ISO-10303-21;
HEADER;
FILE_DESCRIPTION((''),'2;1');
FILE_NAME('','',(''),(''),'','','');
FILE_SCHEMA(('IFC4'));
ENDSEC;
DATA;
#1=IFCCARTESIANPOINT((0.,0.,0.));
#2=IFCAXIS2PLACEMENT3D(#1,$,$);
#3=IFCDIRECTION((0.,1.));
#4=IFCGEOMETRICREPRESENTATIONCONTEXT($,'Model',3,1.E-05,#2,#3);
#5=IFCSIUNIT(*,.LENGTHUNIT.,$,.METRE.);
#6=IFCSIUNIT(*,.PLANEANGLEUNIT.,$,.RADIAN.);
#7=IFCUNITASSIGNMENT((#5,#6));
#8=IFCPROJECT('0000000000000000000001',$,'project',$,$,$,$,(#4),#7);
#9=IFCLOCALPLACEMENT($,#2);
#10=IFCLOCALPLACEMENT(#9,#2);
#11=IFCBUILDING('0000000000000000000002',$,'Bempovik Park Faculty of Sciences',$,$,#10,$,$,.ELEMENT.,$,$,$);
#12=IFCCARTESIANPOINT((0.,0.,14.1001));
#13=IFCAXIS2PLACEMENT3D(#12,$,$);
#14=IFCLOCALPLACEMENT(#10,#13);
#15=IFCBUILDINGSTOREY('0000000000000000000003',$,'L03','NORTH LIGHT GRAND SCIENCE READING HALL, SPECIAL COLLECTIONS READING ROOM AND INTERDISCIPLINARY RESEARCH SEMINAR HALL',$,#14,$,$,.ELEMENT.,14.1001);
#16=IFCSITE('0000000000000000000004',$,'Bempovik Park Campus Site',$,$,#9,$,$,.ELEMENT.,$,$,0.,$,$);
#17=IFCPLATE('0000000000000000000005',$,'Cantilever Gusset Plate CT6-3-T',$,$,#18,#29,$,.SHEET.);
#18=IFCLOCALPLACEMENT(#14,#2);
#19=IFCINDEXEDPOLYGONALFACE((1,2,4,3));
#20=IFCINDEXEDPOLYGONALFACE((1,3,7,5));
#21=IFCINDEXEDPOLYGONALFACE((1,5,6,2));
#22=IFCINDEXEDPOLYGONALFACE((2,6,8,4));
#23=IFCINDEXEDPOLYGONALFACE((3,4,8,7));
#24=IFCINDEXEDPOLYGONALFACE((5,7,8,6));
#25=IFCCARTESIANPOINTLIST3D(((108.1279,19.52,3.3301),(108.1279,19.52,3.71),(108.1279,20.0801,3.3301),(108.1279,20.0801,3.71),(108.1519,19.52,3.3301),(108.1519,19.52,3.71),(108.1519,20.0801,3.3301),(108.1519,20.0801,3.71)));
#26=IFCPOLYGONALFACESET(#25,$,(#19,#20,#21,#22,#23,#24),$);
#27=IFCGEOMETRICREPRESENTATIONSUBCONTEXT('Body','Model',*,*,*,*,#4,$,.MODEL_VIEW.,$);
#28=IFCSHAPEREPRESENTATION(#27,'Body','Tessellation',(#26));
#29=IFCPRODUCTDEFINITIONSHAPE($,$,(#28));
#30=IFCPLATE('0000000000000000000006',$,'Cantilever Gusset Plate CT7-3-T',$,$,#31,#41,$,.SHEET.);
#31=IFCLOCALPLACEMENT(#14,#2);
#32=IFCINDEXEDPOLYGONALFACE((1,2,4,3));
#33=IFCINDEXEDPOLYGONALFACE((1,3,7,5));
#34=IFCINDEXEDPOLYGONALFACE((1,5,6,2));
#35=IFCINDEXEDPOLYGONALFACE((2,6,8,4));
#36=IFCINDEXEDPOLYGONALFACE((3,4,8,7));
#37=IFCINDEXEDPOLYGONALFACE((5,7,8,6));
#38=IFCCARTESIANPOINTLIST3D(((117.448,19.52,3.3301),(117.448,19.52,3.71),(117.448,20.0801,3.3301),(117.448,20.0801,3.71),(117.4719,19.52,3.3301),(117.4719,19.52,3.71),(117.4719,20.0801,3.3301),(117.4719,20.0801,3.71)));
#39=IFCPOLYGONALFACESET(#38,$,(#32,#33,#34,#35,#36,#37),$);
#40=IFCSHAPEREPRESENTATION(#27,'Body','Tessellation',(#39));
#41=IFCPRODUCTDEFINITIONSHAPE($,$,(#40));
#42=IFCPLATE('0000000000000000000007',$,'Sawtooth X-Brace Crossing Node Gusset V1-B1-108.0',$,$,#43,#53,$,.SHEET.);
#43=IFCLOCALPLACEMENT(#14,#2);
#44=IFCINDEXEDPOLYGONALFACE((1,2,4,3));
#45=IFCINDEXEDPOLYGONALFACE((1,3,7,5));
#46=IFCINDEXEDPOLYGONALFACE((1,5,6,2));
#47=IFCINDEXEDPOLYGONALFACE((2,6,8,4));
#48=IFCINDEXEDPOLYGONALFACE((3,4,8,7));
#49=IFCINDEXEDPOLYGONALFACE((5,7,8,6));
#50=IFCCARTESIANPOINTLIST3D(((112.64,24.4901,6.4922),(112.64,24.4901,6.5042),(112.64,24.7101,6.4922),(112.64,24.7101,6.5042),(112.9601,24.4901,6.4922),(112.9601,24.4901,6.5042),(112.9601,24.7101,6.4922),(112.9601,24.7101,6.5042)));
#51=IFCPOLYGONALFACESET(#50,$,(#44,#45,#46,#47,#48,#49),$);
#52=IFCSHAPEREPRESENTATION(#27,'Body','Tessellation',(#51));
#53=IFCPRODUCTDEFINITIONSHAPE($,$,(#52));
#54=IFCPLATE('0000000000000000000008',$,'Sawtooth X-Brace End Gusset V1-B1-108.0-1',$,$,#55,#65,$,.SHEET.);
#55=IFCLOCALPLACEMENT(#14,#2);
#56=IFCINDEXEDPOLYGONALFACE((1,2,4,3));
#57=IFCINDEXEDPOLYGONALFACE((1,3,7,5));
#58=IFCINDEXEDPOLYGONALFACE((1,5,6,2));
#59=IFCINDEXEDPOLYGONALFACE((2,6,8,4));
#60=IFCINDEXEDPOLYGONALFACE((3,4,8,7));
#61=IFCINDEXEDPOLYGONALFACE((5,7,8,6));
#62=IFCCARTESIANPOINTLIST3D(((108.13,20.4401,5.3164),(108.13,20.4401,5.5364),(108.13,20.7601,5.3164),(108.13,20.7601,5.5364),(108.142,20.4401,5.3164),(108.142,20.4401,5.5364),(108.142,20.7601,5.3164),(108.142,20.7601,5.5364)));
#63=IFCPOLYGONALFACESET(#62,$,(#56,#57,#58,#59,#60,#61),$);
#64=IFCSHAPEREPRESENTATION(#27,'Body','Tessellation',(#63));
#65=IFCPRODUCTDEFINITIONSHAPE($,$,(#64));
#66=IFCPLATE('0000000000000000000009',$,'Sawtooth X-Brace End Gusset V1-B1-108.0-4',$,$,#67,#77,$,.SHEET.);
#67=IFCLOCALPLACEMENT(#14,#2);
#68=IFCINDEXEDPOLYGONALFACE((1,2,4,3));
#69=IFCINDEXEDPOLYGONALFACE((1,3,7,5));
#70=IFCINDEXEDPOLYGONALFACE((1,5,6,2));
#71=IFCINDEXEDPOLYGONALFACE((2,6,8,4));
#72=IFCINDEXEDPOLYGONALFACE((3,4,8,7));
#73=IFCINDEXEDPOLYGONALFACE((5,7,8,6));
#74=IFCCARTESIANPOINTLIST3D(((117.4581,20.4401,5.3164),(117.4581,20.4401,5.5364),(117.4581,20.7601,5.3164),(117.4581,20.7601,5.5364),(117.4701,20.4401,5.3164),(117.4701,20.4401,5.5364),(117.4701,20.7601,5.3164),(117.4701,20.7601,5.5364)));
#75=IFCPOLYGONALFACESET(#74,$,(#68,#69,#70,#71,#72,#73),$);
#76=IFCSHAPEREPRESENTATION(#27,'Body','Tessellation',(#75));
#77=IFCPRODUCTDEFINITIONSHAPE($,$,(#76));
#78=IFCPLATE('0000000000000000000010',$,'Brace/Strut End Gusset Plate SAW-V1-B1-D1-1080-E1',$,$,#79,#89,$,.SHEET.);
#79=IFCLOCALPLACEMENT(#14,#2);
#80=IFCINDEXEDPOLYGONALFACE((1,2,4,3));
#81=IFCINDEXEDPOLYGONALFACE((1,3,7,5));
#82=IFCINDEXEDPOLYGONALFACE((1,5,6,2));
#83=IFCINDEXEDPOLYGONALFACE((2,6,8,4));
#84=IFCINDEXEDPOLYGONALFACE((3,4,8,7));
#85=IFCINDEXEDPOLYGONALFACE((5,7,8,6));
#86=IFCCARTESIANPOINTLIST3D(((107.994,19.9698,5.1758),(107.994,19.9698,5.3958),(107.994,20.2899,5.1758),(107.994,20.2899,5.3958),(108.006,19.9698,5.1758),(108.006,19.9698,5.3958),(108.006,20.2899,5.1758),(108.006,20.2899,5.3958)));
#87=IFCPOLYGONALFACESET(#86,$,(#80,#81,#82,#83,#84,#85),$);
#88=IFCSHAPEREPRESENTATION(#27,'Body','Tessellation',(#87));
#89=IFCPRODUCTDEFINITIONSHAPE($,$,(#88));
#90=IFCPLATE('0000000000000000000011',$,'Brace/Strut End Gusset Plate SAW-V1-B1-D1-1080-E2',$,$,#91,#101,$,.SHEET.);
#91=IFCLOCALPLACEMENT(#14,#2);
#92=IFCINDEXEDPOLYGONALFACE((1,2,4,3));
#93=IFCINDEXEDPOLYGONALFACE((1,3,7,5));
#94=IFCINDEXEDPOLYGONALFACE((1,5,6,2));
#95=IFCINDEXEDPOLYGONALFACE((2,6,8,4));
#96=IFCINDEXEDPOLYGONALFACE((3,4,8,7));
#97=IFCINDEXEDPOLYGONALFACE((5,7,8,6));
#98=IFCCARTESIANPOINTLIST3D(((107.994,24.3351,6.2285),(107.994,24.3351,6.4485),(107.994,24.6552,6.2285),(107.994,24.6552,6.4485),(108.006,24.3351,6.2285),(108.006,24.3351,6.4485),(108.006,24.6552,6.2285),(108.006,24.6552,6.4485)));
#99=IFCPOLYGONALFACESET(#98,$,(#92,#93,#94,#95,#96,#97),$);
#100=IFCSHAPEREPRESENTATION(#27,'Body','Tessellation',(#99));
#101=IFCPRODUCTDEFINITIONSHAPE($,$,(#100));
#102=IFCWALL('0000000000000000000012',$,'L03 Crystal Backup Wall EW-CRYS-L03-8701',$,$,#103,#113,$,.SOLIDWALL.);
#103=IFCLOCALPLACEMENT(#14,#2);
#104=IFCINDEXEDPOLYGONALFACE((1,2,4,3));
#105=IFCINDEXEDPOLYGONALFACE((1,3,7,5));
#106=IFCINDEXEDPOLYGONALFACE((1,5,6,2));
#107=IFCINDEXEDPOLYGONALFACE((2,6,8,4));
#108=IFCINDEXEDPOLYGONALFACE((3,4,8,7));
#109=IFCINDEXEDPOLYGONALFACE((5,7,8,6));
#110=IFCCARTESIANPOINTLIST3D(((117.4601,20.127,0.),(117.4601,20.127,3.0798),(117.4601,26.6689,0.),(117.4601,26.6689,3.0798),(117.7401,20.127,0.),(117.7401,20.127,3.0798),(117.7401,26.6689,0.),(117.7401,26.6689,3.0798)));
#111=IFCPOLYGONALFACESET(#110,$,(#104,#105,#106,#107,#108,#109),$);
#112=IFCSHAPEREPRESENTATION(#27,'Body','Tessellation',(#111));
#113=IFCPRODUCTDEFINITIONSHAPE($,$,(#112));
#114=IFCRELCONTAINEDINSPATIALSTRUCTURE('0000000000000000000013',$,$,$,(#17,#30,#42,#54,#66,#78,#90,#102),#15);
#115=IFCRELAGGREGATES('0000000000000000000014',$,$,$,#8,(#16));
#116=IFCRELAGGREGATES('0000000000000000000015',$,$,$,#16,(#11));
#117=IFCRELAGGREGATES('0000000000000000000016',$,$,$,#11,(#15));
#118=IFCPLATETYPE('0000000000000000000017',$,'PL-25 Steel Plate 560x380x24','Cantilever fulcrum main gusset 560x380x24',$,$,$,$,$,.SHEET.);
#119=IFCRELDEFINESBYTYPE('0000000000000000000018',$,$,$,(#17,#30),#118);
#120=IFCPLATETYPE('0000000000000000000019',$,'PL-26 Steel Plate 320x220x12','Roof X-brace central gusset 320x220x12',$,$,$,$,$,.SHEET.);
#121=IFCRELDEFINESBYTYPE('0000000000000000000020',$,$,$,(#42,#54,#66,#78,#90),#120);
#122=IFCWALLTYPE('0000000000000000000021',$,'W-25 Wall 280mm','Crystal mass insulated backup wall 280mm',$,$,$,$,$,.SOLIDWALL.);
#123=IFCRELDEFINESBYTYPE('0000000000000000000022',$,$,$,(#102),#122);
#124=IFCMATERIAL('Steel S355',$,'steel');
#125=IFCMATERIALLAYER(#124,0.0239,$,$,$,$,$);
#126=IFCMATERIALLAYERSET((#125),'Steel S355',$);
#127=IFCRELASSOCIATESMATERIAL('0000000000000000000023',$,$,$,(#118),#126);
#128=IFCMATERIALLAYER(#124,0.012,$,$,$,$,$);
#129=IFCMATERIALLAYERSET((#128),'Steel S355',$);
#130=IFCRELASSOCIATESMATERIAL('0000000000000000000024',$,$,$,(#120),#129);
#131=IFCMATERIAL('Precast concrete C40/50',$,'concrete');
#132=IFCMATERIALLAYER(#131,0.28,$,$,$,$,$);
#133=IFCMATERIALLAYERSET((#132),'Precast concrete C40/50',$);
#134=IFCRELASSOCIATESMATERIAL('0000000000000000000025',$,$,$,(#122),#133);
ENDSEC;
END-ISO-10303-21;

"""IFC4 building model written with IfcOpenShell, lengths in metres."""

from ifc_helpers import new_model, si_unit, direction, frame, frame_2d, origin, origin_2d, place, context, subcontext, project, spatial, rectangle, extrude, material, layer, layer_set, type_object, element, save


model = new_model("IFC4")

# Units and contexts
model_context = context("Model", 3, precision=1e-05, world=origin(), true_north=direction((0.0, 1.0)))
body_context = subcontext(model_context, "Body", "Model", "MODEL_VIEW")
ifc_project = project(units=[si_unit("LENGTHUNIT", "METRE"), si_unit("PLANEANGLEUNIT", "RADIAN")], contexts=[model_context])

# Site, building, storey
site_placement = place(None, origin())
site = spatial("IfcSite", under=ifc_project, at=site_placement, Name="Bempovik Park Campus Site", CompositionType="ELEMENT", RefElevation=0.0)
building_placement = place(site_placement, origin())
building = spatial("IfcBuilding", under=site, at=building_placement, Name="Bempovik Park Faculty of Sciences", CompositionType="ELEMENT")
storey_placement = place(building_placement, frame((0.0, 0.0, 14.1001)))
storey = spatial("IfcBuildingStorey", under=building, at=storey_placement, Name="L03", Description="NORTH LIGHT GRAND SCIENCE READING HALL, SPECIAL COLLECTIONS READING ROOM AND INTERDISCIPLINARY RESEARCH SEMINAR HALL", CompositionType="ELEMENT", Elevation=14.1001)

# Shared definitions
ifc_material_1 = material(Name="Steel S355", Category="steel")

# Plates
ifc_layer_1 = layer(ifc_material_1, 0.0239)
ifc_layer_set_1 = layer_set([ifc_layer_1], Name="Steel S355")
plate_type_1 = type_object("IfcPlateType", Name="PL-25 Steel Plate 560x380x24", Description="Cantilever fulcrum main gusset 560x380x24", PredefinedType="SHEET", material=ifc_layer_set_1)
for number, where, z_axis, x_axis, name in (
    (1, (108.1399, 19.8, 3.3301), (0.0, 0.0, 1.0), (1.0, 0.0, 0.0), "Cantilever Gusset Plate CT6-3-T"),
    (2, (117.46, 19.8, 3.3301), (0.0, 0.0, 1.0), (1.0, 0.0, 0.0), "Cantilever Gusset Plate CT7-3-T"),
):
    element("IfcPlate", number, at=place(storey_placement, frame(where, z_axis=z_axis, x_axis=x_axis)), inside=storey, type_object=plate_type_1, Name=name, PredefinedType="SHEET", context=body_context, shape_type="SweptSolid", body=[
        extrude(rectangle(XDim=0.0239, YDim=0.5601, at=origin_2d()), origin(), (0.0, 0.0, 1.0), 0.3799),
    ])
ifc_layer_2 = layer(ifc_material_1, 0.012)
ifc_layer_set_2 = layer_set([ifc_layer_2], Name="Steel S355")
plate_type_2 = type_object("IfcPlateType", Name="PL-26 Steel Plate 320x220x12", Description="Roof X-brace central gusset 320x220x12", PredefinedType="SHEET", material=ifc_layer_set_2)
plate_placement = place(storey_placement, frame((112.8, 24.6001, 6.4922), z_axis=(0.0, 0.0, 1.0), x_axis=(1.0, 0.0, 0.0)))
element("IfcPlate", 3, at=plate_placement, inside=storey, type_object=plate_type_2, Name="Sawtooth X-Brace Crossing Node Gusset V1-B1-108.0", PredefinedType="SHEET", context=body_context, shape_type="SweptSolid", body=[
    extrude(rectangle(XDim=0.3201, YDim=0.22, at=origin_2d()), origin(), (0.0, 0.0, 1.0), 0.012),
])
for number, where, z_axis, x_axis, name in (
    (4, (108.136, 20.6001, 5.3164), (0.0, 0.0, 1.0), (1.0, 0.0, 0.0), "Sawtooth X-Brace End Gusset V1-B1-108.0-1"),
    (5, (117.4641, 20.6001, 5.3164), (0.0, 0.0, 1.0), (1.0, 0.0, 0.0), "Sawtooth X-Brace End Gusset V1-B1-108.0-4"),
    (6, (108.0, 20.1299, 5.1758), (0.0, 0.0, 1.0), (1.0, 0.0, 0.0), "Brace/Strut End Gusset Plate SAW-V1-B1-D1-1080-E1"),
    (7, (108.0, 24.4951, 6.2285), (0.0, 0.0, 1.0), (1.0, 0.0, 0.0), "Brace/Strut End Gusset Plate SAW-V1-B1-D1-1080-E2"),
):
    element("IfcPlate", number, at=place(storey_placement, frame(where, z_axis=z_axis, x_axis=x_axis)), inside=storey, type_object=plate_type_2, Name=name, PredefinedType="SHEET", context=body_context, shape_type="SweptSolid", body=[
        extrude(rectangle(XDim=0.012, YDim=0.3201, at=origin_2d()), origin(), (0.0, 0.0, 1.0), 0.22),
    ])

# Wall
ifc_material_2 = material(Name="Precast concrete C40/50", Category="concrete")
ifc_layer_3 = layer(ifc_material_2, 0.28)
ifc_layer_set_3 = layer_set([ifc_layer_3], Name="Precast concrete C40/50")
wall_type = type_object("IfcWallType", Name="W-25 Wall 280mm", Description="Crystal mass insulated backup wall 280mm", PredefinedType="SOLIDWALL", material=ifc_layer_set_3)
wall_placement = place(storey_placement, frame((117.6001, 20.127, 0.0), z_axis=(0.0, 0.0, 1.0), x_axis=(0.0, 1.0, 0.0)))
element("IfcWall", 8, at=wall_placement, inside=storey, type_object=wall_type, Name="L03 Crystal Backup Wall EW-CRYS-L03-8701", PredefinedType="SOLIDWALL", context=body_context, shape_type="SweptSolid", body=[
    extrude(rectangle(XDim=6.542, YDim=0.28, at=frame_2d((3.271, 0.0))), origin(), (0.0, 0.0, 1.0), 3.0798),
])

save(model, "model.ifc")
